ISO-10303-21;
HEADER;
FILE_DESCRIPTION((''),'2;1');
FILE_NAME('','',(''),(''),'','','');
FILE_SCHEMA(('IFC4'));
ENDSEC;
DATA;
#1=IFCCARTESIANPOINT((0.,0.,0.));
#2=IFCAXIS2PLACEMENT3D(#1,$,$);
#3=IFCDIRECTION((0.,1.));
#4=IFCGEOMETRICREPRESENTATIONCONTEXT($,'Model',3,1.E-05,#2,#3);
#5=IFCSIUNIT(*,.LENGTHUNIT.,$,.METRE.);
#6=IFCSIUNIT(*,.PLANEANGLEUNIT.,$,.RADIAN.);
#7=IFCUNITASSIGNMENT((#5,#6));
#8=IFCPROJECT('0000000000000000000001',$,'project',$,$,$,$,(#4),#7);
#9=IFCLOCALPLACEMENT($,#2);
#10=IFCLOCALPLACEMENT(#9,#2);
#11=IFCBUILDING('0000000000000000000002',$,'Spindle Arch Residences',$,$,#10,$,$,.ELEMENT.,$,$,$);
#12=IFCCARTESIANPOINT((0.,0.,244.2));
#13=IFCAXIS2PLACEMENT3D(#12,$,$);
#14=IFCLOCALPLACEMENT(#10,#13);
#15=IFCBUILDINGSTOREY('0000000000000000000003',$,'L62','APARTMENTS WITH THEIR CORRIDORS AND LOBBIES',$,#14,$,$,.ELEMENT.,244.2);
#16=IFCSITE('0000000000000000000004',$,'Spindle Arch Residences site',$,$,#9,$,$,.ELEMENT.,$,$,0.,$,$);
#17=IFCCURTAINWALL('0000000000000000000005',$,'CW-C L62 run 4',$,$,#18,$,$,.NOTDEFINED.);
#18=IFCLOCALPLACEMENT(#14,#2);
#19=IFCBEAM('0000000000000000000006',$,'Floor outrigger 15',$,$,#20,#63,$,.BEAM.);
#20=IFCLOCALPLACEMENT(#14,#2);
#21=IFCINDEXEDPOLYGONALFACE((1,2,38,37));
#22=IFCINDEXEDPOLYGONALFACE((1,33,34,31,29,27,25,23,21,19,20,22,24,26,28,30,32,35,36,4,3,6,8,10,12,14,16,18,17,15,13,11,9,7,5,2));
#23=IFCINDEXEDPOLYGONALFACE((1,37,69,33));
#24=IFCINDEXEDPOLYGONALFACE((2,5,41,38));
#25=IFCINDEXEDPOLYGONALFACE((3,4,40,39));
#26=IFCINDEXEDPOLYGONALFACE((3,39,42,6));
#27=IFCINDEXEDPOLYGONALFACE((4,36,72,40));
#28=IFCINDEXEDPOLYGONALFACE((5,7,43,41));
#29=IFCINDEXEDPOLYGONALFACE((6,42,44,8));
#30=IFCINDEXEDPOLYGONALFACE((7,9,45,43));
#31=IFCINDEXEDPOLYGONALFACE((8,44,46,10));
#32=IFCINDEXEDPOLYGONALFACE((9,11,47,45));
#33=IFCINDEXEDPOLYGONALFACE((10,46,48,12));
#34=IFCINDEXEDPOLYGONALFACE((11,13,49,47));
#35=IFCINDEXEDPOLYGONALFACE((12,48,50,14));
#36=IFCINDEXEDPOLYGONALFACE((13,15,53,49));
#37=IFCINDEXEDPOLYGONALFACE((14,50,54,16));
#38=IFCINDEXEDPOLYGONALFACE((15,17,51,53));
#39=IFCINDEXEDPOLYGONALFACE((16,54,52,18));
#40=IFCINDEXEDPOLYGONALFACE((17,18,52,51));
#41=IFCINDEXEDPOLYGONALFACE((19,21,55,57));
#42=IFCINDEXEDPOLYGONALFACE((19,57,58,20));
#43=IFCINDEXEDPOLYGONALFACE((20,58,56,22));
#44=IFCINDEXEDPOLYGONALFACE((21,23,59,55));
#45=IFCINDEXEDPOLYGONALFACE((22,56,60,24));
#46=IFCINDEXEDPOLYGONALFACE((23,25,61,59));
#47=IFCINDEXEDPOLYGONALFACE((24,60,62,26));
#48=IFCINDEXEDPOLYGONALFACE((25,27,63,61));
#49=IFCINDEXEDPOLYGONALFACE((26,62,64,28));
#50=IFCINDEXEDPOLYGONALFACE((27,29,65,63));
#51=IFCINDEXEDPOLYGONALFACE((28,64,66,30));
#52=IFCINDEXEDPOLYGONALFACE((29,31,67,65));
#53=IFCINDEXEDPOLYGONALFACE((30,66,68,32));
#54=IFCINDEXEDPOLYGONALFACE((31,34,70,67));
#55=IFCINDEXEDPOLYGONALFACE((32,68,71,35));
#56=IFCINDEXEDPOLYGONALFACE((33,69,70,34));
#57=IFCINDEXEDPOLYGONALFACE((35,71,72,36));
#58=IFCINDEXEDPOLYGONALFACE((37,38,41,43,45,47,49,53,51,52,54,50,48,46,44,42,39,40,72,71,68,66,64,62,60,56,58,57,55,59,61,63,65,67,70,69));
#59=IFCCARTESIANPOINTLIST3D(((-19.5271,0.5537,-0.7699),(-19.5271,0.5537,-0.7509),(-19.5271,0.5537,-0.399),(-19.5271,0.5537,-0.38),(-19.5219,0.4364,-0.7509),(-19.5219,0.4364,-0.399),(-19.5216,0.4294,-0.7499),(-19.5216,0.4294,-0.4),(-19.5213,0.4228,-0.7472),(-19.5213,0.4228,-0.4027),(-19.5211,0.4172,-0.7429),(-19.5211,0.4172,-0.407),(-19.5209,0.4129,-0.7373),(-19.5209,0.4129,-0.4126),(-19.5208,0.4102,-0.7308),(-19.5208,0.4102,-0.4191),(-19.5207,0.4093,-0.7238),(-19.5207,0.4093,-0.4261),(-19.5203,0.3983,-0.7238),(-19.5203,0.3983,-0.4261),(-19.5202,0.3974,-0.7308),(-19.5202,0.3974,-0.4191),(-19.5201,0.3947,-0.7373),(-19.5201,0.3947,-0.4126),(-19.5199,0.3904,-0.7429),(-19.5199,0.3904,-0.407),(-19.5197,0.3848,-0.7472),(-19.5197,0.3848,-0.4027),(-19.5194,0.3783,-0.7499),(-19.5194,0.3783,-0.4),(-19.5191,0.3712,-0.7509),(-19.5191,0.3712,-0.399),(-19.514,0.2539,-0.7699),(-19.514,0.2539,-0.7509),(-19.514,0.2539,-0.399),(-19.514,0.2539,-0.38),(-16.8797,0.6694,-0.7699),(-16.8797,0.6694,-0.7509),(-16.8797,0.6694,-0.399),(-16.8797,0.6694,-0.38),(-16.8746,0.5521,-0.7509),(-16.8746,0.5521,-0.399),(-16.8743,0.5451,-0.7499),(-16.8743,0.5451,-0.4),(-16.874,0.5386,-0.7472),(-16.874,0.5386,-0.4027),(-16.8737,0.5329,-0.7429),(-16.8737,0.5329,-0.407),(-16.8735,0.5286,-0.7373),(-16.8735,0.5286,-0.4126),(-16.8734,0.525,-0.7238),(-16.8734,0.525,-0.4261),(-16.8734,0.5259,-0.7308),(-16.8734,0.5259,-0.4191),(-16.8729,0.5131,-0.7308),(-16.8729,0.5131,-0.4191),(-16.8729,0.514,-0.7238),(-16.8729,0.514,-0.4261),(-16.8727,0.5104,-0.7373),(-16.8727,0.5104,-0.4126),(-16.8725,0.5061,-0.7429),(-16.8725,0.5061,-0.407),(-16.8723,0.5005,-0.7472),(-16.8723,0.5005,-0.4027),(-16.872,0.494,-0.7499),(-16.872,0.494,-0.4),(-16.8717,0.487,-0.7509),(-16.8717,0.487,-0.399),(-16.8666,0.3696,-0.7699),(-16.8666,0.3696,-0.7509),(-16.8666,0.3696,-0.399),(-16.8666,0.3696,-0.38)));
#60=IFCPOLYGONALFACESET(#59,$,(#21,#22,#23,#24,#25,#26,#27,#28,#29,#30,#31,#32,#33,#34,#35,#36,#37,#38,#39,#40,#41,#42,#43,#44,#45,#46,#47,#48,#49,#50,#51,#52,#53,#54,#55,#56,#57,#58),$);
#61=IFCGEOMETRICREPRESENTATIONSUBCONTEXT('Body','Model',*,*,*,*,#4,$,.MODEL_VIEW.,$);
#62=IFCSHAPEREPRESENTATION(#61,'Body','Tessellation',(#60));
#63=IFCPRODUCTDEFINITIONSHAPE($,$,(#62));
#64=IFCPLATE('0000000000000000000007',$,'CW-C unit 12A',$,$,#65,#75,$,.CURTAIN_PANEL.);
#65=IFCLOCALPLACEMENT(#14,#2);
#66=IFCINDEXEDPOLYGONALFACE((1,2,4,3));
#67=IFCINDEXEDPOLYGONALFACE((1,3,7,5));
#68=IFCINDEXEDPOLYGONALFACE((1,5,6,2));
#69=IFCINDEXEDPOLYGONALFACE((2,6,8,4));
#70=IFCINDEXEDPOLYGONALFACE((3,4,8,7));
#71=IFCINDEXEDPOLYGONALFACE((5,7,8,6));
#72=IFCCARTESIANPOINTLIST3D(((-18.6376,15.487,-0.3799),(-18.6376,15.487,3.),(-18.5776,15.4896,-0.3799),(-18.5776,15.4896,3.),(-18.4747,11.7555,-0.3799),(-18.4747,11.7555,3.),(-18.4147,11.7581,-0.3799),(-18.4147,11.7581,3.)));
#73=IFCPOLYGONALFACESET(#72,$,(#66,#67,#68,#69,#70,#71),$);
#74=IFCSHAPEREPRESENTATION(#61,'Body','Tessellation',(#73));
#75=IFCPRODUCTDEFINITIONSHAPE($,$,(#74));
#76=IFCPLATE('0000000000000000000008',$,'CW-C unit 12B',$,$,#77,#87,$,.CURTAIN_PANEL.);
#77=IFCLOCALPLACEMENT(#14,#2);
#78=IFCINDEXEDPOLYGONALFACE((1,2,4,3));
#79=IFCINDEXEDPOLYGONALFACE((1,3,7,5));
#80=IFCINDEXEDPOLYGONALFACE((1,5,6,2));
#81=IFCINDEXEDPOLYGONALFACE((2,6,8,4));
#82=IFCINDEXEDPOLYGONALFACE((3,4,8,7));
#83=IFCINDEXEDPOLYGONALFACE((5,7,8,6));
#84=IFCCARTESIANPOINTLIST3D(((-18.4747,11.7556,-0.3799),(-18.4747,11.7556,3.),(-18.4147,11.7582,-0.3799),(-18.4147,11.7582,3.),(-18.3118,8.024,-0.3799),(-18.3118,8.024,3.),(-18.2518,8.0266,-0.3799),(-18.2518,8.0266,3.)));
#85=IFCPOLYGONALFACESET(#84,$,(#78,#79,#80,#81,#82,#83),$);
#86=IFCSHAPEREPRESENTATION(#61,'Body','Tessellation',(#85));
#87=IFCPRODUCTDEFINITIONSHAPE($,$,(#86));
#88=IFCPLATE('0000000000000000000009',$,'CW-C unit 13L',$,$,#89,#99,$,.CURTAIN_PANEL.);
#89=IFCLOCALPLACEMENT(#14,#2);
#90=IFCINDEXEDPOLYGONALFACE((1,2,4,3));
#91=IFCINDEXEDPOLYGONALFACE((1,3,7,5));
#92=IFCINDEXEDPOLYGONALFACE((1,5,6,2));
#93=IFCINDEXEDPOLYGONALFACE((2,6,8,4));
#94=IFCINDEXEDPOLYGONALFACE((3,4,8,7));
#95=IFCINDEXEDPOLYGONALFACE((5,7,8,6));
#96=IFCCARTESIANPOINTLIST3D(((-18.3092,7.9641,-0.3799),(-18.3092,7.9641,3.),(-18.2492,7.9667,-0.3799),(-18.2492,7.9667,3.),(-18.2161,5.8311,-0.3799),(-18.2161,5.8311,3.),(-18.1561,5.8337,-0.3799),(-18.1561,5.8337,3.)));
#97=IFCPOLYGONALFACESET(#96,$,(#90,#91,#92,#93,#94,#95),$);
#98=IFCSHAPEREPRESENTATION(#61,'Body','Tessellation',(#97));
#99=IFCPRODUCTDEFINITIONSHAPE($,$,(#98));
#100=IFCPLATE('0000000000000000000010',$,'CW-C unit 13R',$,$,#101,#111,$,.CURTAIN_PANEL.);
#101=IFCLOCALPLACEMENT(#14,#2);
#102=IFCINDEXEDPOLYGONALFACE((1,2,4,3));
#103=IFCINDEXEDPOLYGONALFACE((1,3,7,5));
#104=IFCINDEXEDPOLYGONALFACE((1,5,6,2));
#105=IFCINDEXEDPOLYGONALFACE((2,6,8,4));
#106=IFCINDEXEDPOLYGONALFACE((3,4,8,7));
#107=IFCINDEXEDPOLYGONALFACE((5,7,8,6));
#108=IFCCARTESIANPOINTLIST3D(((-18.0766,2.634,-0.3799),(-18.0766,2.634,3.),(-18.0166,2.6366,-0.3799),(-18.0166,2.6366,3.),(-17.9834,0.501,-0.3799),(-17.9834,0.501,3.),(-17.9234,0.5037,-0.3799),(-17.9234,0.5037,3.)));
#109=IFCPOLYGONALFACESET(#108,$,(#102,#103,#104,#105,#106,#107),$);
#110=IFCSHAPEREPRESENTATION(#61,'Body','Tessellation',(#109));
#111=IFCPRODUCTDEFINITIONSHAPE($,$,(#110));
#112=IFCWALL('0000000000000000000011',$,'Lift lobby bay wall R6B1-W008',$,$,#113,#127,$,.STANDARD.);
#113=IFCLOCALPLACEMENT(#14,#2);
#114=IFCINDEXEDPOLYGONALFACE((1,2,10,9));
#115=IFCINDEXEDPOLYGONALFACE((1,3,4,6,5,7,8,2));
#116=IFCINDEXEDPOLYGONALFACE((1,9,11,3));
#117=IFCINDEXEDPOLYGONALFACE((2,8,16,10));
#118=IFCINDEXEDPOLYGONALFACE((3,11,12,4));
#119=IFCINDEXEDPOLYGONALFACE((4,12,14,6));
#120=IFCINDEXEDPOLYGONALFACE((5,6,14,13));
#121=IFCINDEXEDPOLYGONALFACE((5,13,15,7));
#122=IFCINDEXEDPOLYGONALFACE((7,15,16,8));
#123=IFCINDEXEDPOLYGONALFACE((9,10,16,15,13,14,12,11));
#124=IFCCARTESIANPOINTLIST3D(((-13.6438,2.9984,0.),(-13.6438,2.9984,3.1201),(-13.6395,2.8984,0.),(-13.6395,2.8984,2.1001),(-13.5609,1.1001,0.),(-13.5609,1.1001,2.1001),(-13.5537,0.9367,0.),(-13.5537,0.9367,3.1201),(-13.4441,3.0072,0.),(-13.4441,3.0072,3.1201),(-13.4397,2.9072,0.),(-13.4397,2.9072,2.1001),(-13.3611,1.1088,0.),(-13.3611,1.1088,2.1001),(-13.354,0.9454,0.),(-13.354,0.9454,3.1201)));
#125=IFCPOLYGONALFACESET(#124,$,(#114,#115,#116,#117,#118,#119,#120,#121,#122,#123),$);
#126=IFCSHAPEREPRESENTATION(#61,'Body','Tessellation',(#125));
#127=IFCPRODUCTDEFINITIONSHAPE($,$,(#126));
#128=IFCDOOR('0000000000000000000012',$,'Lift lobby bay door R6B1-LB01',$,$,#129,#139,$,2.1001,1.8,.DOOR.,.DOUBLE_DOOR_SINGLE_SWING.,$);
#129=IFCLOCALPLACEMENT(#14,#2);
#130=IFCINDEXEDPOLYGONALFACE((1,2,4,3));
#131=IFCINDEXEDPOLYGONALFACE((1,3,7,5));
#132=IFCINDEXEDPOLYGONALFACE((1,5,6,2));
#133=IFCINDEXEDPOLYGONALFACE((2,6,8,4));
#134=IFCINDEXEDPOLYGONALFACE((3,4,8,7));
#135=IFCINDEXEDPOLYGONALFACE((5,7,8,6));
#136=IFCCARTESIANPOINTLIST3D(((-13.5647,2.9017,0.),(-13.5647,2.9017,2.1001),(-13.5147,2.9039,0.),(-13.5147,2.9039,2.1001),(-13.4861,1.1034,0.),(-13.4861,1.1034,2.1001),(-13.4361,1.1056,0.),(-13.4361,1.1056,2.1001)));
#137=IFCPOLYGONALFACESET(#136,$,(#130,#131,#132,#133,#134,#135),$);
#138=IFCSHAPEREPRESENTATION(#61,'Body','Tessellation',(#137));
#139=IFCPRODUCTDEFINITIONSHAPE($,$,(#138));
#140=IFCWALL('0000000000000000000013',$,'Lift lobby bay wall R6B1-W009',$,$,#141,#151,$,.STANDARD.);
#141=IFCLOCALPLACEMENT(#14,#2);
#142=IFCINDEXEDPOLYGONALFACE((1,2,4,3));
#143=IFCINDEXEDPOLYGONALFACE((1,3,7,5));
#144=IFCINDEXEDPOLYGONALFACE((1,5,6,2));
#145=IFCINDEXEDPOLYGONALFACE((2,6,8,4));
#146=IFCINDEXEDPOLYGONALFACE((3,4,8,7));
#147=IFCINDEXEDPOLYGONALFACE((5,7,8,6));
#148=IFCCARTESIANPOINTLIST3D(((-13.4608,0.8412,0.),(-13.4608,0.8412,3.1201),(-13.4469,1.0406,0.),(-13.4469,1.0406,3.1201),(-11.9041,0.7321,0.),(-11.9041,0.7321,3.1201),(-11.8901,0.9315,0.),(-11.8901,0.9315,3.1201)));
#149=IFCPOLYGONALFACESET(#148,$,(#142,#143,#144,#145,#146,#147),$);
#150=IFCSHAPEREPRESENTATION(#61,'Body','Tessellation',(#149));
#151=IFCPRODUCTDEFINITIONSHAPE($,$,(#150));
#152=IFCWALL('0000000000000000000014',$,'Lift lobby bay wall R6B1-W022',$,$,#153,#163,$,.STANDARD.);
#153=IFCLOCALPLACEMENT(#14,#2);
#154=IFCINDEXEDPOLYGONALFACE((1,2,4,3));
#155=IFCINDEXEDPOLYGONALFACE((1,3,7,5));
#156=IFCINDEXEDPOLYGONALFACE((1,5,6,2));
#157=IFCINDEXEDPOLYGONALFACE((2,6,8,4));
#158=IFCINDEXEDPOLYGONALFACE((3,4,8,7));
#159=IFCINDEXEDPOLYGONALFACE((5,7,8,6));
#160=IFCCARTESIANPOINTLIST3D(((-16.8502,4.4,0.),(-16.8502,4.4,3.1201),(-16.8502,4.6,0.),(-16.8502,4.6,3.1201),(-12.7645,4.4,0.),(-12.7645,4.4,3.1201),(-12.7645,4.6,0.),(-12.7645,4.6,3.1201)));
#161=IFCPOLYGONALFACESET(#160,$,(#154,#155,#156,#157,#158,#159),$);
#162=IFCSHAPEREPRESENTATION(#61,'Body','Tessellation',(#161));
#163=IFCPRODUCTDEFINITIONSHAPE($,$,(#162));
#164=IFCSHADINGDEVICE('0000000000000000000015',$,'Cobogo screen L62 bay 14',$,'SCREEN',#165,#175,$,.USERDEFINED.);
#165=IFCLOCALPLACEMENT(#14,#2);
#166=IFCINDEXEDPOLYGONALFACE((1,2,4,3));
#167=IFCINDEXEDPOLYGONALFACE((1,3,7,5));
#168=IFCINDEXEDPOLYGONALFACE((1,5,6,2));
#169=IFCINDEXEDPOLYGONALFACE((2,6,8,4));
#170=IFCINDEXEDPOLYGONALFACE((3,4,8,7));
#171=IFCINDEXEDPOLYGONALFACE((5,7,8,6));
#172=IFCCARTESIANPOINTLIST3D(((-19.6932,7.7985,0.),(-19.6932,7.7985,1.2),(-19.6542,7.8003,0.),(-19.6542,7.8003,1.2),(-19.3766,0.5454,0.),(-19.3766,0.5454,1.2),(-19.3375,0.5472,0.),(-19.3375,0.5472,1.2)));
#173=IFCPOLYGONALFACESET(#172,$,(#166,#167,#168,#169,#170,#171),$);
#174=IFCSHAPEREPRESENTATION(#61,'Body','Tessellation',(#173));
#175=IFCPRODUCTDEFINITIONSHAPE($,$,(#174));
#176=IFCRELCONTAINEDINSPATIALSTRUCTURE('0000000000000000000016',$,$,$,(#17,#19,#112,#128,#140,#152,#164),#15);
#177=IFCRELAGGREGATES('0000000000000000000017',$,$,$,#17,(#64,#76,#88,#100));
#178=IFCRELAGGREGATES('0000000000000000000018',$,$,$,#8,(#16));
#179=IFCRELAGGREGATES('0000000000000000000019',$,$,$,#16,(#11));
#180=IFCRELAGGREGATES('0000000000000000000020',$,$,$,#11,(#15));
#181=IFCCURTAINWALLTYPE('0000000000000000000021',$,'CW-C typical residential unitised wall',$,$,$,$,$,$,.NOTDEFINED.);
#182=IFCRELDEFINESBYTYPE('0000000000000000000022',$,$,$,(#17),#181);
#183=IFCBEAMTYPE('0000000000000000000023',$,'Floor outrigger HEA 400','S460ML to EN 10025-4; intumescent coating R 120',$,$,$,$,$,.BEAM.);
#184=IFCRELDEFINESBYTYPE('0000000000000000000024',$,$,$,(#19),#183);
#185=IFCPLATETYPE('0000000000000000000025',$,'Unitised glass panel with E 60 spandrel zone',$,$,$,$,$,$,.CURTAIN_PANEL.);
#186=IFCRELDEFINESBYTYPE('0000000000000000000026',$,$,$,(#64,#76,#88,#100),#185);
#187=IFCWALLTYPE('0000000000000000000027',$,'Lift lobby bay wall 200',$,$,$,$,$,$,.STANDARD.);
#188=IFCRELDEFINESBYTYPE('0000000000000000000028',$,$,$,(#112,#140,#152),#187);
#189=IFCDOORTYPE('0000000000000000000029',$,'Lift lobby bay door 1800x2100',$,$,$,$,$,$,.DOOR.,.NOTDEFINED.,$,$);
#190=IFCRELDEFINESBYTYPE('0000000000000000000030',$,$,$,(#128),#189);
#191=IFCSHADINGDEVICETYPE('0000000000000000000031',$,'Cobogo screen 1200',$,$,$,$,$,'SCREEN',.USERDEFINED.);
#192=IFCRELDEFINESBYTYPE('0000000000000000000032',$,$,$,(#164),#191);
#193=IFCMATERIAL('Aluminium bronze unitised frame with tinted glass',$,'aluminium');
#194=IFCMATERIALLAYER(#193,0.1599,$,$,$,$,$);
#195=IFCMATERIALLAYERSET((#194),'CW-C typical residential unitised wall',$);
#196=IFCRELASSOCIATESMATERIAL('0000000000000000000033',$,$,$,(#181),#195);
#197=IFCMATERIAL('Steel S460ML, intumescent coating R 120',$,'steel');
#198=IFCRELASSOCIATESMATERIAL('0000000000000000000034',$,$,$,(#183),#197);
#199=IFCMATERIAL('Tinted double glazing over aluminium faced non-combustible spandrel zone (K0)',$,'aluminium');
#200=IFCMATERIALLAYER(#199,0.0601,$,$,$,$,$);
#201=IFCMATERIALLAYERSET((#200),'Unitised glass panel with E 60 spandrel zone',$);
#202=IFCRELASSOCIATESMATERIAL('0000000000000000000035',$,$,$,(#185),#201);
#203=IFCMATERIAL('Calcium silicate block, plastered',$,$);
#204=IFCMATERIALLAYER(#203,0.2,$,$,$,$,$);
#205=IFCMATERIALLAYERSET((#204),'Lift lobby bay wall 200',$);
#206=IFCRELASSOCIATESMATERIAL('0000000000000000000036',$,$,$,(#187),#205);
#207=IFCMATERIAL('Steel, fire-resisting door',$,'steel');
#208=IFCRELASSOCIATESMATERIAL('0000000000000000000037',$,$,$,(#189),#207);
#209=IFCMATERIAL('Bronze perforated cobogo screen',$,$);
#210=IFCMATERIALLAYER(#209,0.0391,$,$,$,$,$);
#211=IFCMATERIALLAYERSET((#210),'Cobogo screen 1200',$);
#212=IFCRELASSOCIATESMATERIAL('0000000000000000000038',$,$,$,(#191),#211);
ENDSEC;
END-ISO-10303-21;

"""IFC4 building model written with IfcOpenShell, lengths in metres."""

from ifc_helpers import new_model, si_unit, direction, frame, frame_2d, origin, origin_2d, place, context, subcontext, project, spatial, rectangle, i_section, extrude, material, layer, layer_set, material_profile, profile_set, type_object, element, fill, aggregate, save


model = new_model("IFC4")

# Units and contexts
model_context = context("Model", 3, precision=1e-05, world=origin(), true_north=direction((0.0, 1.0)))
body_context = subcontext(model_context, "Body", "Model", "MODEL_VIEW")
ifc_project = project(units=[si_unit("LENGTHUNIT", "METRE"), si_unit("PLANEANGLEUNIT", "RADIAN")], contexts=[model_context])

# Site, building, storey
site_placement = place(None, origin())
site = spatial("IfcSite", under=ifc_project, at=site_placement, Name="Spindle Arch Residences site", CompositionType="ELEMENT", RefElevation=0.0)
building_placement = place(site_placement, origin())
building = spatial("IfcBuilding", under=site, at=building_placement, Name="Spindle Arch Residences", CompositionType="ELEMENT")
storey_placement = place(building_placement, frame((0.0, 0.0, 244.2)))
storey = spatial("IfcBuildingStorey", under=building, at=storey_placement, Name="L62", Description="APARTMENTS WITH THEIR CORRIDORS AND LOBBIES", CompositionType="ELEMENT", Elevation=244.2)

# Curtain wall
ifc_material_1 = material(Name="Aluminium bronze unitised frame with tinted glass", Category="aluminium")
ifc_layer_1 = layer(ifc_material_1, 0.1599)
ifc_layer_set_1 = layer_set([ifc_layer_1], Name="CW-C typical residential unitised wall")
curtain_wall_type = type_object("IfcCurtainWallType", Name="CW-C typical residential unitised wall", PredefinedType="NOTDEFINED", material=ifc_layer_set_1)
curtain_wall_placement = place(storey_placement, origin())
curtain_wall = element("IfcCurtainWall", 1, at=curtain_wall_placement, inside=storey, type_object=curtain_wall_type, Name="CW-C L62 run 4", PredefinedType="NOTDEFINED")

# Beam
ifc_material_2 = material(Name="Steel S460ML, intumescent coating R 120", Category="steel")
ifc_material_profile_1 = material_profile(ifc_material_2, i_section(OverallWidth=0.3, OverallDepth=0.3899, WebThickness=0.011, FlangeThickness=0.019, FilletRadius=0.0271, at=origin_2d()), Name="HEA 400")
ifc_profile_set_1 = profile_set([ifc_material_profile_1], Name="Steel S460ML, intumescent coating R 120")
beam_type_1 = type_object("IfcBeamType", Name="Floor outrigger HEA 400", Description="S460ML to EN 10025-4; intumescent coating R 120", PredefinedType="BEAM", material=ifc_profile_set_1)
for number, where, z_axis, x_axis, name in (
    (2, (-19.5205, 0.4038, -0.575), (0.999046, 0.043669, 0.0), (-0.043669, 0.999046, 0.0), "Floor outrigger 15"),
):
    element("IfcBeam", number, at=place(storey_placement, frame(where, z_axis=z_axis, x_axis=x_axis)), inside=storey, type_object=beam_type_1, Name=name, PredefinedType="BEAM", context=body_context, shape_type="SweptSolid", body=[
        extrude(i_section(OverallWidth=0.3, OverallDepth=0.3899, WebThickness=0.011, FlangeThickness=0.019, FilletRadius=0.0271, at=origin_2d()), origin(), (0.0, 0.0, 1.0), 2.6499),
    ])

# Plates
ifc_material_3 = material(Name="Tinted double glazing over aluminium faced non-combustible spandrel zone (K0)", Category="aluminium")
ifc_layer_2 = layer(ifc_material_3, 0.0601)
ifc_layer_set_2 = layer_set([ifc_layer_2], Name="Unitised glass panel with E 60 spandrel zone")
plate_type = type_object("IfcPlateType", Name="Unitised glass panel with E 60 spandrel zone", PredefinedType="CURTAIN_PANEL", material=ifc_layer_set_2)
plate_1_placement = place(storey_placement, frame((-18.5261, 13.6226, -0.3799), z_axis=(0.0, 0.0, 1.0), x_axis=(0.043619, -0.999048, 0.0)))
plate_1 = element("IfcPlate", 3, at=plate_1_placement, type_object=plate_type, Name="CW-C unit 12A", PredefinedType="CURTAIN_PANEL", context=body_context, shape_type="SweptSolid", body=[
    extrude(rectangle(XDim=3.7351, YDim=0.0601, at=origin_2d()), origin(), (0.0, 0.0, 1.0), 3.3799),
])
plate_2_placement = place(storey_placement, frame((-18.3633, 9.8911, -0.3799), z_axis=(0.0, 0.0, 1.0), x_axis=(0.043619, -0.999048, 0.0)))
plate_2 = element("IfcPlate", 4, at=plate_2_placement, type_object=plate_type, Name="CW-C unit 12B", PredefinedType="CURTAIN_PANEL", context=body_context, shape_type="SweptSolid", body=[
    extrude(rectangle(XDim=3.7351, YDim=0.0601, at=origin_2d()), origin(), (0.0, 0.0, 1.0), 3.3799),
])
plate_3_placement = place(storey_placement, frame((-18.2327, 6.8989, -0.3799), z_axis=(0.0, 0.0, 1.0), x_axis=(0.043619, -0.999048, 0.0)))
plate_3 = element("IfcPlate", 5, at=plate_3_placement, type_object=plate_type, Name="CW-C unit 13L", PredefinedType="CURTAIN_PANEL", context=body_context, shape_type="SweptSolid", body=[
    extrude(rectangle(XDim=2.135, YDim=0.0601, at=origin_2d()), origin(), (0.0, 0.0, 1.0), 3.3799),
])
plate_4_placement = place(storey_placement, frame((-18.0, 1.5688, -0.3799), z_axis=(0.0, 0.0, 1.0), x_axis=(0.043619, -0.999048, 0.0)))
plate_4 = element("IfcPlate", 6, at=plate_4_placement, type_object=plate_type, Name="CW-C unit 13R", PredefinedType="CURTAIN_PANEL", context=body_context, shape_type="SweptSolid", body=[
    extrude(rectangle(XDim=2.135, YDim=0.0601, at=origin_2d()), origin(), (0.0, 0.0, 1.0), 3.3799),
])
aggregate(curtain_wall, [plate_1, plate_2, plate_3, plate_4])

# Wall, opening, door
ifc_material_4 = material(Name="Calcium silicate block, plastered")
ifc_layer_3 = layer(ifc_material_4, 0.2)
ifc_layer_set_3 = layer_set([ifc_layer_3], Name="Lift lobby bay wall 200")
wall_type_1 = type_object("IfcWallType", Name="Lift lobby bay wall 200", PredefinedType="STANDARD", material=ifc_layer_set_3)
wall_1_placement = place(storey_placement, frame((-13.5439, 3.0027, 0.0), z_axis=(0.0, 0.0, 1.0), x_axis=(0.043653, -0.999047, 0.0)))
wall_1 = element("IfcWall", 7, at=wall_1_placement, inside=storey, type_object=wall_type_1, Name="Lift lobby bay wall R6B1-W008", PredefinedType="STANDARD", context=body_context, shape_type="SweptSolid", body=[
    extrude(rectangle(XDim=2.0637, YDim=0.2, at=frame_2d((1.0317, 0.0))), origin(), (0.0, 0.0, 1.0), 3.1201),
])
opening_1_placement = place(wall_1_placement, frame((0.1001, 0.0, 0.0)))
opening_1 = element("IfcOpeningElement", 8, at=opening_1_placement, cuts=wall_1, PredefinedType="OPENING", context=body_context, shape_type="SweptSolid", body=[
    extrude(rectangle(XDim=1.8, YDim=2.1001, at=frame_2d((0.8999, 1.05))), frame((0.0, 0.1099, 0.0), z_axis=(0.0, -1.0, 0.0), x_axis=(1.0, 0.0, 0.0)), (0.0, 0.0, 1.0), 0.22),
])
ifc_material_5 = material(Name="Steel, fire-resisting door", Category="steel")
door_type_1 = type_object("IfcDoorType", Name="Lift lobby bay door 1800x2100", OperationType="NOTDEFINED", PredefinedType="DOOR", material=ifc_material_5)
door_1_placement = place(opening_1_placement, origin())
door_1 = element("IfcDoor", 9, at=door_1_placement, inside=storey, type_object=door_type_1, Name="Lift lobby bay door R6B1-LB01", OperationType="DOUBLE_DOOR_SINGLE_SWING", OverallHeight=2.1001, OverallWidth=1.8, PredefinedType="DOOR", context=body_context, shape_type="SweptSolid", body=[
    extrude(rectangle(XDim=1.8, YDim=2.1001, at=frame_2d((0.8999, 1.05))), frame((0.0, 0.0249, 0.0), z_axis=(0.0, -1.0, 0.0), x_axis=(1.0, 0.0, 0.0)), (0.0, 0.0, 1.0), 0.05),
])
fill(opening_1, door_1)

# Walls
wall_2_placement = place(storey_placement, frame((-13.4539, 0.9409, 0.0), z_axis=(0.0, 0.0, 1.0), x_axis=(0.997552, -0.069935, 0.0)))
element("IfcWall", 10, at=wall_2_placement, inside=storey, type_object=wall_type_1, Name="Lift lobby bay wall R6B1-W009", PredefinedType="STANDARD", context=body_context, shape_type="SweptSolid", body=[
    extrude(rectangle(XDim=1.5605, YDim=0.2, at=frame_2d((0.7803, 0.0))), origin(), (0.0, 0.0, 1.0), 3.1201),
])
wall_3_placement = place(storey_placement, frame((-12.7644, 4.5, 0.0), z_axis=(0.0, 0.0, 1.0), x_axis=(-1.0, 0.0, 0.0)))
element("IfcWall", 11, at=wall_3_placement, inside=storey, type_object=wall_type_1, Name="Lift lobby bay wall R6B1-W022", PredefinedType="STANDARD", context=body_context, shape_type="SweptSolid", body=[
    extrude(rectangle(XDim=4.0857, YDim=0.2, at=frame_2d((2.043, 0.0))), origin(), (0.0, 0.0, 1.0), 3.1201),
])

# Shading device
ifc_material_6 = material(Name="Bronze perforated cobogo screen")
ifc_layer_4 = layer(ifc_material_6, 0.0391)
ifc_layer_set_4 = layer_set([ifc_layer_4], Name="Cobogo screen 1200")
shading_device_type = type_object("IfcShadingDeviceType", Name="Cobogo screen 1200", ElementType="SCREEN", PredefinedType="USERDEFINED", material=ifc_layer_set_4)
shading_device_placement = place(storey_placement, frame((-19.5154, 4.1729, 0.0), z_axis=(0.0, 0.0, 1.0), x_axis=(0.043619, -0.999048, 0.0)))
element("IfcShadingDevice", 12, at=shading_device_placement, inside=storey, type_object=shading_device_type, Name="Cobogo screen L62 bay 14", ObjectType="SCREEN", PredefinedType="USERDEFINED", context=body_context, shape_type="SweptSolid", body=[
    extrude(rectangle(XDim=7.26, YDim=0.0391, at=origin_2d()), origin(), (0.0, 0.0, 1.0), 1.2),
])

save(model, "model.ifc")
